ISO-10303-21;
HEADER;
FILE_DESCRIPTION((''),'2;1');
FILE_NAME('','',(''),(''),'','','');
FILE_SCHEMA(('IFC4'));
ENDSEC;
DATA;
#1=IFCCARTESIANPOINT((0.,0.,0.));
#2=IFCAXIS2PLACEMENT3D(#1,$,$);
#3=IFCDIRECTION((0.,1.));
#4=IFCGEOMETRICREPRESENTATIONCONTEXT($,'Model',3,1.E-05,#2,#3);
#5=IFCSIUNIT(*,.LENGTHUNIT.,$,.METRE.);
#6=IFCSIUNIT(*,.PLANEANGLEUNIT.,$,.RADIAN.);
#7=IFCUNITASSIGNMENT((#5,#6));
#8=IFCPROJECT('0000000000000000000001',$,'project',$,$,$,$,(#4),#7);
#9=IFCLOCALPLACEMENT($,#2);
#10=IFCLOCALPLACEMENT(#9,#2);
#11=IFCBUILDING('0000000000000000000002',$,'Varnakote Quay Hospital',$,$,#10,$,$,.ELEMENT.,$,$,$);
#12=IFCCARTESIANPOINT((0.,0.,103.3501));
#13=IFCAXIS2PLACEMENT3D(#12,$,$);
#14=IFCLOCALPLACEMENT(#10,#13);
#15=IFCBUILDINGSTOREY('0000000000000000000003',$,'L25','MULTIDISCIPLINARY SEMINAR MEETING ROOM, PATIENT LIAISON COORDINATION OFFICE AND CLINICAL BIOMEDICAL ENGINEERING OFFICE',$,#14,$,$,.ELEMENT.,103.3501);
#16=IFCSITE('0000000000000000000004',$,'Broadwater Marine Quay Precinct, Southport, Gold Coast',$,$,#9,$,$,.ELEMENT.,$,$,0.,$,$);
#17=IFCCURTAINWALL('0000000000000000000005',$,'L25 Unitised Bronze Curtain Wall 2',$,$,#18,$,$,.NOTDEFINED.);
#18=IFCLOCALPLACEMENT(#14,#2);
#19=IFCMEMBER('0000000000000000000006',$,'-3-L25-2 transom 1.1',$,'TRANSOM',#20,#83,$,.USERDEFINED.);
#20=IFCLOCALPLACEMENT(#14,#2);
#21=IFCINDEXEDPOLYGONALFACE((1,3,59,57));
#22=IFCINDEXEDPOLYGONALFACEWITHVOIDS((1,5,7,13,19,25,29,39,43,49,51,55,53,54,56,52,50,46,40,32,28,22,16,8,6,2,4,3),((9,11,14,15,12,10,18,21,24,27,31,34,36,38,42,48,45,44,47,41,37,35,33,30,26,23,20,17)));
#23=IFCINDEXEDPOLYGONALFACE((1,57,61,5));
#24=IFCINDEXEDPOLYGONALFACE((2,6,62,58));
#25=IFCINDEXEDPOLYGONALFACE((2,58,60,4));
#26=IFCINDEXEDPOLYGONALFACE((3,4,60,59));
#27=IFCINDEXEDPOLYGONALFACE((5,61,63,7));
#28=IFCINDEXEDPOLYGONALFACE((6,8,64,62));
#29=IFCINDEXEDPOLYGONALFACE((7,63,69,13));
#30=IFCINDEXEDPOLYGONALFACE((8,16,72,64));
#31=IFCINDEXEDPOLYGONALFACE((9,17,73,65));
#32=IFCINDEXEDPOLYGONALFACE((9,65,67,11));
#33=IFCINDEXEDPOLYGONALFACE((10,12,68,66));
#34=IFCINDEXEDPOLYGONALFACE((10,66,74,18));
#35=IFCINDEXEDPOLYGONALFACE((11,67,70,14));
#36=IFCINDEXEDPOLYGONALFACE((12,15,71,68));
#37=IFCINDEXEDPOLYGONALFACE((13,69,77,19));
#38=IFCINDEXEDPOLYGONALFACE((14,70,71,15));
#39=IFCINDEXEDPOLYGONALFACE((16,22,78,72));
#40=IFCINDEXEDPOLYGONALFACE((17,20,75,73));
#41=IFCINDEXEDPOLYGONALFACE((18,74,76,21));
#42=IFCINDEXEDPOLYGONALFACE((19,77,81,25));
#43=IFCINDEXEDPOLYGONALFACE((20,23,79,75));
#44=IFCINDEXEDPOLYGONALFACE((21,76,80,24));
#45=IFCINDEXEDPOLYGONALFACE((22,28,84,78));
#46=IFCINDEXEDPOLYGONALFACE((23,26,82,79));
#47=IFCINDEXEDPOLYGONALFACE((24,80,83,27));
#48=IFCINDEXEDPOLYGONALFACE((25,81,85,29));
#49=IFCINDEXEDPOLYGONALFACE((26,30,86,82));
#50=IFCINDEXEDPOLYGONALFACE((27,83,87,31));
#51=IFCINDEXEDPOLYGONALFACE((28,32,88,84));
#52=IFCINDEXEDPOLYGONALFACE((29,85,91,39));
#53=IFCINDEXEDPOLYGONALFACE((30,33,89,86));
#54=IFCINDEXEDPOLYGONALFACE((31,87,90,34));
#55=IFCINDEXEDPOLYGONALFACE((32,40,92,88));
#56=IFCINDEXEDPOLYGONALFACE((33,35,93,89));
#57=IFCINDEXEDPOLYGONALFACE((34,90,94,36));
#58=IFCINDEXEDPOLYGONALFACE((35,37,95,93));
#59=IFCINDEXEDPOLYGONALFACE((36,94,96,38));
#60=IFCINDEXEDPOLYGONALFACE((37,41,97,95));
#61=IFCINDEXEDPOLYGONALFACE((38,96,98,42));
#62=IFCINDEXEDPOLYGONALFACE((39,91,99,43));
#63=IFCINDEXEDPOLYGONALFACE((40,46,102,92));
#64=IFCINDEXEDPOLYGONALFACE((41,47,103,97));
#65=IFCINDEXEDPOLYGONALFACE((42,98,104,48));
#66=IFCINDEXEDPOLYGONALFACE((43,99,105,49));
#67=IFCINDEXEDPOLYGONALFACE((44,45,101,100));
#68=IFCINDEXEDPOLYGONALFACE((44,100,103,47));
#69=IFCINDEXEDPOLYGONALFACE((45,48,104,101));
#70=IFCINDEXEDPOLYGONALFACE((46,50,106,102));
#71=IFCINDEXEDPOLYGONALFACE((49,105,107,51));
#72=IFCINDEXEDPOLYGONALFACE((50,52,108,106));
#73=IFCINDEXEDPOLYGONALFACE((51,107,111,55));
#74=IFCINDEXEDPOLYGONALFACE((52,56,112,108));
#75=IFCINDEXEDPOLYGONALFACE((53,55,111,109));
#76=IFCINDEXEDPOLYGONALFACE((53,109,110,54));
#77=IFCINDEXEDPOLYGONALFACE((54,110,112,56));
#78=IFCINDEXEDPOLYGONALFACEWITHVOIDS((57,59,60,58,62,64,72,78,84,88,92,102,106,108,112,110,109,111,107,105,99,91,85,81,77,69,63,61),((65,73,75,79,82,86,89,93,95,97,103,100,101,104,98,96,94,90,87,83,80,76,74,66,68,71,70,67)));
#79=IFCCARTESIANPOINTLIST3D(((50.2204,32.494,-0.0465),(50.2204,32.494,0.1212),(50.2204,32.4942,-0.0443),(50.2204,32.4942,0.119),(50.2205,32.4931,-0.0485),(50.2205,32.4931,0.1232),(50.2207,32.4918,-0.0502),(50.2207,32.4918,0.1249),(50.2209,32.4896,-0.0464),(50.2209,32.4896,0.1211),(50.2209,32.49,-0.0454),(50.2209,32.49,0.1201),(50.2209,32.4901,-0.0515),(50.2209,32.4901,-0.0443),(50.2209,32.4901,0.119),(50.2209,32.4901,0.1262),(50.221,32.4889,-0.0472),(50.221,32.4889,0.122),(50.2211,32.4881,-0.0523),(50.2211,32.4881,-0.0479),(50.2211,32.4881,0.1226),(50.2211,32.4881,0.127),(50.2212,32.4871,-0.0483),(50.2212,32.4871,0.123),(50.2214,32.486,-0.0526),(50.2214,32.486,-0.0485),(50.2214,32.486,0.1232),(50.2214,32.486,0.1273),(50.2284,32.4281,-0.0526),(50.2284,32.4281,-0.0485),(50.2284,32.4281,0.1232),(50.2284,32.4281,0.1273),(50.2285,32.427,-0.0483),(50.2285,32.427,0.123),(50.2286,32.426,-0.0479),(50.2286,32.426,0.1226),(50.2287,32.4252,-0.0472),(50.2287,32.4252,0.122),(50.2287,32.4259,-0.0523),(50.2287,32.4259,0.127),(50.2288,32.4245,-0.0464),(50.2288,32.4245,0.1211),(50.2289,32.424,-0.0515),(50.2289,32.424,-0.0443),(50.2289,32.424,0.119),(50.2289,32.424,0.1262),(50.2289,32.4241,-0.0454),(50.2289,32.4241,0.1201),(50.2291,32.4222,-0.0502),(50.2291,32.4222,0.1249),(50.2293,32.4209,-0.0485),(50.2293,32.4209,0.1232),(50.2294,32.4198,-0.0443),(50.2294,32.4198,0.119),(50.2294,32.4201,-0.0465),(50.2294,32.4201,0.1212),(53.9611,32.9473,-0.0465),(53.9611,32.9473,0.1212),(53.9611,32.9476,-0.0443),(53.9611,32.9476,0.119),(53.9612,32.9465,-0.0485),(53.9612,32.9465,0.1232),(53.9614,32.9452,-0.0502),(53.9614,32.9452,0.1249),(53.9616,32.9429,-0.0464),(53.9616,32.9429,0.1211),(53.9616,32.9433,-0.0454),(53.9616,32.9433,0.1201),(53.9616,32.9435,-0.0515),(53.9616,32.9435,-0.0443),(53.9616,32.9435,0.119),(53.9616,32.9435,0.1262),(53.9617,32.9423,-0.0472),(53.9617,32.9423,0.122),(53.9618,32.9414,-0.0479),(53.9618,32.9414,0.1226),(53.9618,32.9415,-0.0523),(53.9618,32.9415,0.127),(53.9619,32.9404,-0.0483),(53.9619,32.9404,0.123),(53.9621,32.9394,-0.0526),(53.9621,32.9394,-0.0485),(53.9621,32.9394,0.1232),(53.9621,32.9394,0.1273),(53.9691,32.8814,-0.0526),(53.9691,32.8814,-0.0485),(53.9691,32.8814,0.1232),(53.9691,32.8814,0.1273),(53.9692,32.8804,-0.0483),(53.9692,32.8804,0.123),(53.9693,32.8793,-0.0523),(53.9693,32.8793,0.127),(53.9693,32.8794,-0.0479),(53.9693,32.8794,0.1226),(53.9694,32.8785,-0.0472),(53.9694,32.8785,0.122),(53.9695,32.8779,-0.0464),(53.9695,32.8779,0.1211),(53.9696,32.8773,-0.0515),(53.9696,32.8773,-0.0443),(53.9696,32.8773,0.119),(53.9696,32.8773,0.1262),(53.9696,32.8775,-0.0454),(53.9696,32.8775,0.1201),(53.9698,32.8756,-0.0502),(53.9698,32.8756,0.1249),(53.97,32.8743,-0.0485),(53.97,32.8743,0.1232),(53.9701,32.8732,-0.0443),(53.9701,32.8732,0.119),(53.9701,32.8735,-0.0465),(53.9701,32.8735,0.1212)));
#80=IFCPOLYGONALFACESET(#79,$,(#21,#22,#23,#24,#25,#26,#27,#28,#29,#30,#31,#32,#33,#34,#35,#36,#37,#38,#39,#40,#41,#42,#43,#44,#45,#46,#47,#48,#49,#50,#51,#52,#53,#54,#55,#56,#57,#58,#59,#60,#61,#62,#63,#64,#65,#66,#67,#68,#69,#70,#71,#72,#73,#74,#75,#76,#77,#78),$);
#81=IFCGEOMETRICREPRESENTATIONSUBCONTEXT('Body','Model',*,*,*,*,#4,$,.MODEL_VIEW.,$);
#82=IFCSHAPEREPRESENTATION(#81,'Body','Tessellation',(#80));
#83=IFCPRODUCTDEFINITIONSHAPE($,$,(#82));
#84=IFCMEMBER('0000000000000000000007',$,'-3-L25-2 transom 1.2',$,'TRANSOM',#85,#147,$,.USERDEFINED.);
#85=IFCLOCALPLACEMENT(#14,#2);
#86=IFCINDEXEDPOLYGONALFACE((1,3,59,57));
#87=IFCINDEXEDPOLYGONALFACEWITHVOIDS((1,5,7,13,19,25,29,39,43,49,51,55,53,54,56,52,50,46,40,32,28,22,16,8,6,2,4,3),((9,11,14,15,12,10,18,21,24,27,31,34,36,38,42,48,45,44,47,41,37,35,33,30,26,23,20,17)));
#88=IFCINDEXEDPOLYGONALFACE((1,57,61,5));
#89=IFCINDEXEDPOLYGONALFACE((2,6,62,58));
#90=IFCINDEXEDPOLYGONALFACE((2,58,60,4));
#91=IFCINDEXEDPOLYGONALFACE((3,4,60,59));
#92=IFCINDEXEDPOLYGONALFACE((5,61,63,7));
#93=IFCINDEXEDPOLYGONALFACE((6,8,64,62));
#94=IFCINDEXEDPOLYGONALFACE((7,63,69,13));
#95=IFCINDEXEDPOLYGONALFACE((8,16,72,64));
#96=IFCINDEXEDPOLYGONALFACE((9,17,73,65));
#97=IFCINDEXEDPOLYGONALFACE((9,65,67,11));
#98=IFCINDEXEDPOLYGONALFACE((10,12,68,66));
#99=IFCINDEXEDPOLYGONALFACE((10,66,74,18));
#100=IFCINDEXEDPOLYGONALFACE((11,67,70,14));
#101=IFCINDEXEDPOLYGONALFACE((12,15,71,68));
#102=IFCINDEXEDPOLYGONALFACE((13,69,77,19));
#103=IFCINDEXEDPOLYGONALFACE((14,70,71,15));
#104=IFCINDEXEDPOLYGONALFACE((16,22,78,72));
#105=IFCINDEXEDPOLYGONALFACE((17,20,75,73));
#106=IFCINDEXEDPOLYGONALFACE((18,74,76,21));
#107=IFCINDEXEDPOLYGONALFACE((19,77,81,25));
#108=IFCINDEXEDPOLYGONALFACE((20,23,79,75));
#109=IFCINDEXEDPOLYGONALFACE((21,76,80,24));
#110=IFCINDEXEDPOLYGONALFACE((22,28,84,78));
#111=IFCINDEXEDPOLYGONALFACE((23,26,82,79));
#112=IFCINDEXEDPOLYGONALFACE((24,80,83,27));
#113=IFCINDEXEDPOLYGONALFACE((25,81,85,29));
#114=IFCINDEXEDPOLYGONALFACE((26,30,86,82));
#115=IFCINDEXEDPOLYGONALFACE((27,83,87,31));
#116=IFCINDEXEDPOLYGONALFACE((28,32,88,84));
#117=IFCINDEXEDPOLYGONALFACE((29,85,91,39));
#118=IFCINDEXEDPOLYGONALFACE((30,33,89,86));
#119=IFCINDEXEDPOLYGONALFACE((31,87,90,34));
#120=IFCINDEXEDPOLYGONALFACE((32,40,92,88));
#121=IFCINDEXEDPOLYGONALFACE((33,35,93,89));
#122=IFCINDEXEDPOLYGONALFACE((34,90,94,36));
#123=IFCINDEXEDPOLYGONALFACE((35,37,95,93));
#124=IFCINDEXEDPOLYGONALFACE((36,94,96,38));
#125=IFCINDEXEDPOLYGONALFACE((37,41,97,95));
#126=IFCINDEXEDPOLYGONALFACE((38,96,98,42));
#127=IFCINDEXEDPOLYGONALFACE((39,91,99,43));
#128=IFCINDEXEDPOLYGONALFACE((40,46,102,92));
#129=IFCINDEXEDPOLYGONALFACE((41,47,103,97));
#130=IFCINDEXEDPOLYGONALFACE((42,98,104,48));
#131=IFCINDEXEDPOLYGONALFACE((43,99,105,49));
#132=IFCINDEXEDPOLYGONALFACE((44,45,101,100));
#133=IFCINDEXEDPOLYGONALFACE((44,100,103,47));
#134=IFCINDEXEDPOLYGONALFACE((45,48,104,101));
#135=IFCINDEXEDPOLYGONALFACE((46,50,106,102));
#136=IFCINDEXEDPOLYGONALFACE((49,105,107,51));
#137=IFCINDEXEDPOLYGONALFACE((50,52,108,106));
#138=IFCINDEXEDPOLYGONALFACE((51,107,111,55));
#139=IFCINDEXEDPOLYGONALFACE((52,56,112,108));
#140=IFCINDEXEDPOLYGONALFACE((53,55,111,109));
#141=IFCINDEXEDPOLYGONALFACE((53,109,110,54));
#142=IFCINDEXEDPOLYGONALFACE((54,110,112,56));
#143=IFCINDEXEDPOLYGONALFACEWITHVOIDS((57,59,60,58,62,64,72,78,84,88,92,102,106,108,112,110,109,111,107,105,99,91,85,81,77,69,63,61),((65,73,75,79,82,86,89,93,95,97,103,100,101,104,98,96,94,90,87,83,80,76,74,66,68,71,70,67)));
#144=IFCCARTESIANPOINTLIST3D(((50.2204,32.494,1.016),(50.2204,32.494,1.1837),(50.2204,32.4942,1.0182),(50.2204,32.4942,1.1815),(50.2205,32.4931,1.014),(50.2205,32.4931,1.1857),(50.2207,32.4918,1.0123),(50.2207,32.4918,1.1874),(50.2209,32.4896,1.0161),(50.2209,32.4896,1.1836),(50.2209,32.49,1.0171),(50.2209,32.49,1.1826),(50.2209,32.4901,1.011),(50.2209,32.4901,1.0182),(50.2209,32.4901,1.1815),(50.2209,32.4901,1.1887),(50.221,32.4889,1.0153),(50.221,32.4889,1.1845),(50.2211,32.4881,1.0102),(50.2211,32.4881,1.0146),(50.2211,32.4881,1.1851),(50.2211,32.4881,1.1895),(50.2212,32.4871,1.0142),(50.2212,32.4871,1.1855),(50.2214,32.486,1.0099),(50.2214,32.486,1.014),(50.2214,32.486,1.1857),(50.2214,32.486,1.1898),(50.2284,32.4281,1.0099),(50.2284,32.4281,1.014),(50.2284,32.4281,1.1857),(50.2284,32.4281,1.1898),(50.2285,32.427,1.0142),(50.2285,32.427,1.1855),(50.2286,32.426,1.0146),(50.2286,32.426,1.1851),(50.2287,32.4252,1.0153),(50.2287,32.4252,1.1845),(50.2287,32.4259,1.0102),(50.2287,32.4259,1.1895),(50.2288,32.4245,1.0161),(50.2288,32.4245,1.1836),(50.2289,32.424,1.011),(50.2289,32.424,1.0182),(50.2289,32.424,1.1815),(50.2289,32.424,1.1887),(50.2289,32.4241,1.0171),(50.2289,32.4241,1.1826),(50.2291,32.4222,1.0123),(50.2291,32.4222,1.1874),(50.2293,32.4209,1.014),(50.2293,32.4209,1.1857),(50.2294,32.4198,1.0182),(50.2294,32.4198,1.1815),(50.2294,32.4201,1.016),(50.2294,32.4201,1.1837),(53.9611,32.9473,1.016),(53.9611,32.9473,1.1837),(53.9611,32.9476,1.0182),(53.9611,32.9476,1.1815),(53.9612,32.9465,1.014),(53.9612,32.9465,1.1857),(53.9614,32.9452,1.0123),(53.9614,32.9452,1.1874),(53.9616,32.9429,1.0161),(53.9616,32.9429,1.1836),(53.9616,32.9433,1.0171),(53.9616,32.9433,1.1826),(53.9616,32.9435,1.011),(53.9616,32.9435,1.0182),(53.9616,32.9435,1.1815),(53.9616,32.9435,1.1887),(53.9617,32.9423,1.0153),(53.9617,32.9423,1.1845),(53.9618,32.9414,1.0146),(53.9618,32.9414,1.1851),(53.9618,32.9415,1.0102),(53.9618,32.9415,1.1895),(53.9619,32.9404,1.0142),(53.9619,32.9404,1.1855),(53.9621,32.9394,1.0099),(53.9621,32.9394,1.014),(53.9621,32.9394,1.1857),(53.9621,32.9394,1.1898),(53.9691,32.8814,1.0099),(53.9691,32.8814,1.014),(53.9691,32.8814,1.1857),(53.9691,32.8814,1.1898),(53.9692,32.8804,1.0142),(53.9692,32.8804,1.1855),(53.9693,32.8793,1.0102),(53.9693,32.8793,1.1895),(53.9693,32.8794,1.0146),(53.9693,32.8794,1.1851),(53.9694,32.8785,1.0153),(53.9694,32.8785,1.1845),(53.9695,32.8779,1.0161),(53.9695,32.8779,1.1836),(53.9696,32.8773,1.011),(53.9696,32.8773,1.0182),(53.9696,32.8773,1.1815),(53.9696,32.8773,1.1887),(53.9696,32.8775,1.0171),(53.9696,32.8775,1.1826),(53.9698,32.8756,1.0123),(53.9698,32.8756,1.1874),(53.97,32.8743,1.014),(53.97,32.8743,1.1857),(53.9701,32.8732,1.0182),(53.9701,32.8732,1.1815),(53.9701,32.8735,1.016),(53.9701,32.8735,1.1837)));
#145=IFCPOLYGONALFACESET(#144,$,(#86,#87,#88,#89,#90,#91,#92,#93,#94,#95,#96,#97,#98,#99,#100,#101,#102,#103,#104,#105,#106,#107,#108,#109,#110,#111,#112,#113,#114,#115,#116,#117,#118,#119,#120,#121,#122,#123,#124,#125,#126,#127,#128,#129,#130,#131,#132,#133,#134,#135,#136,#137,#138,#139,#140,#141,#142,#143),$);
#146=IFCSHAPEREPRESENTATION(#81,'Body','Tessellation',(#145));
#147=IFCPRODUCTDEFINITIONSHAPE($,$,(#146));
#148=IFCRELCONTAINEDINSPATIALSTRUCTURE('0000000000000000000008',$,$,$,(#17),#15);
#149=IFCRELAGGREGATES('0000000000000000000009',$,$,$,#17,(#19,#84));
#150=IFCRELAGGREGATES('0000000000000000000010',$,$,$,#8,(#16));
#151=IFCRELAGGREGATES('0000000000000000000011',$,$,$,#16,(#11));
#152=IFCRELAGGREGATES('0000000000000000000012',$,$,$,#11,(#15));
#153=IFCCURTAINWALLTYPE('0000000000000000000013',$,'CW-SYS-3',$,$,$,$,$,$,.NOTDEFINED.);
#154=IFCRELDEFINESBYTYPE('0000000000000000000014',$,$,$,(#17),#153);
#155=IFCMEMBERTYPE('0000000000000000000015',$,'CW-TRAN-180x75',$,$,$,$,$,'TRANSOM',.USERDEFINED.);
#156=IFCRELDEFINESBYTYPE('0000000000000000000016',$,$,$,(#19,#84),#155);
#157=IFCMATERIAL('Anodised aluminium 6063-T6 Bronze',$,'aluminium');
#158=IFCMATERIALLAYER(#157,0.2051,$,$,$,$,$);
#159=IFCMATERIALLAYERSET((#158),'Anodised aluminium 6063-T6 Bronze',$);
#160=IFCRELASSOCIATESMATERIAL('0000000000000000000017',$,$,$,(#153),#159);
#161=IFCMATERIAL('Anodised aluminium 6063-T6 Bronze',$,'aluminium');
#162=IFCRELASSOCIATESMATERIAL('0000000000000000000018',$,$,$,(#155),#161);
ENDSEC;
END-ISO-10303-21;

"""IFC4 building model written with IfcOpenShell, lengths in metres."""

from ifc_helpers import new_model, si_unit, direction, frame, origin, origin_2d, place, context, subcontext, project, spatial, hollow_rectangle, extrude, material, layer, layer_set, material_profile, profile_set, type_object, element, aggregate, save


model = new_model("IFC4")

# Units and contexts
model_context = context("Model", 3, precision=1e-05, world=origin(), true_north=direction((0.0, 1.0)))
body_context = subcontext(model_context, "Body", "Model", "MODEL_VIEW")
ifc_project = project(units=[si_unit("LENGTHUNIT", "METRE"), si_unit("PLANEANGLEUNIT", "RADIAN")], contexts=[model_context])

# Site, building, storey
site_placement = place(None, origin())
site = spatial("IfcSite", under=ifc_project, at=site_placement, Name="Broadwater Marine Quay Precinct, Southport, Gold Coast", CompositionType="ELEMENT", RefElevation=0.0)
building_placement = place(site_placement, origin())
building = spatial("IfcBuilding", under=site, at=building_placement, Name="Varnakote Quay Hospital", CompositionType="ELEMENT")
storey_placement = place(building_placement, frame((0.0, 0.0, 103.3501)))
storey = spatial("IfcBuildingStorey", under=building, at=storey_placement, Name="L25", Description="MULTIDISCIPLINARY SEMINAR MEETING ROOM, PATIENT LIAISON COORDINATION OFFICE AND CLINICAL BIOMEDICAL ENGINEERING OFFICE", CompositionType="ELEMENT", Elevation=103.3501)

# Curtain wall
ifc_material_1 = material(Name="Anodised aluminium 6063-T6 Bronze", Category="aluminium")
ifc_layer_1 = layer(ifc_material_1, 0.2051)
ifc_layer_set_1 = layer_set([ifc_layer_1], Name="Anodised aluminium 6063-T6 Bronze")
curtain_wall_type = type_object("IfcCurtainWallType", Name="CW-SYS-3", PredefinedType="NOTDEFINED", material=ifc_layer_set_1)
curtain_wall_1_placement = place(storey_placement, origin())
curtain_wall_1 = element("IfcCurtainWall", 1, at=curtain_wall_1_placement, inside=storey, type_object=curtain_wall_type, Name="L25 Unitised Bronze Curtain Wall 2", PredefinedType="NOTDEFINED")

# Members
ifc_material_2 = material(Name="Anodised aluminium 6063-T6 Bronze", Category="aluminium")
ifc_material_profile_1 = material_profile(ifc_material_2, hollow_rectangle(XDim=0.075, YDim=0.1799, WallThickness=0.0042, InnerFilletRadius=0.0042, OuterFilletRadius=0.0083, at=origin_2d()), Name="CW-TRAN-180x75")
ifc_profile_set_1 = profile_set([ifc_material_profile_1], Name="Anodised aluminium 6063-T6 Bronze")
member_type_1 = type_object("IfcMemberType", Name="CW-TRAN-180x75", ElementType="TRANSOM", PredefinedType="USERDEFINED", material=ifc_profile_set_1)
member_1_placement = place(storey_placement, frame((53.9656, 32.9104, 0.0374), z_axis=(-0.992735, -0.120318, 0.0), x_axis=(0.120318, -0.992735, 0.0)))
member_1 = element("IfcMember", 2, at=member_1_placement, type_object=member_type_1, Name="-3-L25-2 transom 1.1", ObjectType="TRANSOM", PredefinedType="USERDEFINED", context=body_context, shape_type="SweptSolid", body=[
    extrude(hollow_rectangle(XDim=0.075, YDim=0.1799, WallThickness=0.0042, InnerFilletRadius=0.0042, OuterFilletRadius=0.0083, at=origin_2d()), origin(), (0.0, 0.0, 1.0), 3.7681),
])
member_2_placement = place(storey_placement, frame((53.9656, 32.9104, 1.0999), z_axis=(-0.992735, -0.120318, 0.0), x_axis=(0.120318, -0.992735, 0.0)))
member_2 = element("IfcMember", 3, at=member_2_placement, type_object=member_type_1, Name="-3-L25-2 transom 1.2", ObjectType="TRANSOM", PredefinedType="USERDEFINED", context=body_context, shape_type="SweptSolid", body=[
    extrude(hollow_rectangle(XDim=0.075, YDim=0.1799, WallThickness=0.0042, InnerFilletRadius=0.0042, OuterFilletRadius=0.0083, at=origin_2d()), origin(), (0.0, 0.0, 1.0), 3.7681),
])

aggregate(curtain_wall_1, [member_1, member_2])

save(model, "model.ifc")
